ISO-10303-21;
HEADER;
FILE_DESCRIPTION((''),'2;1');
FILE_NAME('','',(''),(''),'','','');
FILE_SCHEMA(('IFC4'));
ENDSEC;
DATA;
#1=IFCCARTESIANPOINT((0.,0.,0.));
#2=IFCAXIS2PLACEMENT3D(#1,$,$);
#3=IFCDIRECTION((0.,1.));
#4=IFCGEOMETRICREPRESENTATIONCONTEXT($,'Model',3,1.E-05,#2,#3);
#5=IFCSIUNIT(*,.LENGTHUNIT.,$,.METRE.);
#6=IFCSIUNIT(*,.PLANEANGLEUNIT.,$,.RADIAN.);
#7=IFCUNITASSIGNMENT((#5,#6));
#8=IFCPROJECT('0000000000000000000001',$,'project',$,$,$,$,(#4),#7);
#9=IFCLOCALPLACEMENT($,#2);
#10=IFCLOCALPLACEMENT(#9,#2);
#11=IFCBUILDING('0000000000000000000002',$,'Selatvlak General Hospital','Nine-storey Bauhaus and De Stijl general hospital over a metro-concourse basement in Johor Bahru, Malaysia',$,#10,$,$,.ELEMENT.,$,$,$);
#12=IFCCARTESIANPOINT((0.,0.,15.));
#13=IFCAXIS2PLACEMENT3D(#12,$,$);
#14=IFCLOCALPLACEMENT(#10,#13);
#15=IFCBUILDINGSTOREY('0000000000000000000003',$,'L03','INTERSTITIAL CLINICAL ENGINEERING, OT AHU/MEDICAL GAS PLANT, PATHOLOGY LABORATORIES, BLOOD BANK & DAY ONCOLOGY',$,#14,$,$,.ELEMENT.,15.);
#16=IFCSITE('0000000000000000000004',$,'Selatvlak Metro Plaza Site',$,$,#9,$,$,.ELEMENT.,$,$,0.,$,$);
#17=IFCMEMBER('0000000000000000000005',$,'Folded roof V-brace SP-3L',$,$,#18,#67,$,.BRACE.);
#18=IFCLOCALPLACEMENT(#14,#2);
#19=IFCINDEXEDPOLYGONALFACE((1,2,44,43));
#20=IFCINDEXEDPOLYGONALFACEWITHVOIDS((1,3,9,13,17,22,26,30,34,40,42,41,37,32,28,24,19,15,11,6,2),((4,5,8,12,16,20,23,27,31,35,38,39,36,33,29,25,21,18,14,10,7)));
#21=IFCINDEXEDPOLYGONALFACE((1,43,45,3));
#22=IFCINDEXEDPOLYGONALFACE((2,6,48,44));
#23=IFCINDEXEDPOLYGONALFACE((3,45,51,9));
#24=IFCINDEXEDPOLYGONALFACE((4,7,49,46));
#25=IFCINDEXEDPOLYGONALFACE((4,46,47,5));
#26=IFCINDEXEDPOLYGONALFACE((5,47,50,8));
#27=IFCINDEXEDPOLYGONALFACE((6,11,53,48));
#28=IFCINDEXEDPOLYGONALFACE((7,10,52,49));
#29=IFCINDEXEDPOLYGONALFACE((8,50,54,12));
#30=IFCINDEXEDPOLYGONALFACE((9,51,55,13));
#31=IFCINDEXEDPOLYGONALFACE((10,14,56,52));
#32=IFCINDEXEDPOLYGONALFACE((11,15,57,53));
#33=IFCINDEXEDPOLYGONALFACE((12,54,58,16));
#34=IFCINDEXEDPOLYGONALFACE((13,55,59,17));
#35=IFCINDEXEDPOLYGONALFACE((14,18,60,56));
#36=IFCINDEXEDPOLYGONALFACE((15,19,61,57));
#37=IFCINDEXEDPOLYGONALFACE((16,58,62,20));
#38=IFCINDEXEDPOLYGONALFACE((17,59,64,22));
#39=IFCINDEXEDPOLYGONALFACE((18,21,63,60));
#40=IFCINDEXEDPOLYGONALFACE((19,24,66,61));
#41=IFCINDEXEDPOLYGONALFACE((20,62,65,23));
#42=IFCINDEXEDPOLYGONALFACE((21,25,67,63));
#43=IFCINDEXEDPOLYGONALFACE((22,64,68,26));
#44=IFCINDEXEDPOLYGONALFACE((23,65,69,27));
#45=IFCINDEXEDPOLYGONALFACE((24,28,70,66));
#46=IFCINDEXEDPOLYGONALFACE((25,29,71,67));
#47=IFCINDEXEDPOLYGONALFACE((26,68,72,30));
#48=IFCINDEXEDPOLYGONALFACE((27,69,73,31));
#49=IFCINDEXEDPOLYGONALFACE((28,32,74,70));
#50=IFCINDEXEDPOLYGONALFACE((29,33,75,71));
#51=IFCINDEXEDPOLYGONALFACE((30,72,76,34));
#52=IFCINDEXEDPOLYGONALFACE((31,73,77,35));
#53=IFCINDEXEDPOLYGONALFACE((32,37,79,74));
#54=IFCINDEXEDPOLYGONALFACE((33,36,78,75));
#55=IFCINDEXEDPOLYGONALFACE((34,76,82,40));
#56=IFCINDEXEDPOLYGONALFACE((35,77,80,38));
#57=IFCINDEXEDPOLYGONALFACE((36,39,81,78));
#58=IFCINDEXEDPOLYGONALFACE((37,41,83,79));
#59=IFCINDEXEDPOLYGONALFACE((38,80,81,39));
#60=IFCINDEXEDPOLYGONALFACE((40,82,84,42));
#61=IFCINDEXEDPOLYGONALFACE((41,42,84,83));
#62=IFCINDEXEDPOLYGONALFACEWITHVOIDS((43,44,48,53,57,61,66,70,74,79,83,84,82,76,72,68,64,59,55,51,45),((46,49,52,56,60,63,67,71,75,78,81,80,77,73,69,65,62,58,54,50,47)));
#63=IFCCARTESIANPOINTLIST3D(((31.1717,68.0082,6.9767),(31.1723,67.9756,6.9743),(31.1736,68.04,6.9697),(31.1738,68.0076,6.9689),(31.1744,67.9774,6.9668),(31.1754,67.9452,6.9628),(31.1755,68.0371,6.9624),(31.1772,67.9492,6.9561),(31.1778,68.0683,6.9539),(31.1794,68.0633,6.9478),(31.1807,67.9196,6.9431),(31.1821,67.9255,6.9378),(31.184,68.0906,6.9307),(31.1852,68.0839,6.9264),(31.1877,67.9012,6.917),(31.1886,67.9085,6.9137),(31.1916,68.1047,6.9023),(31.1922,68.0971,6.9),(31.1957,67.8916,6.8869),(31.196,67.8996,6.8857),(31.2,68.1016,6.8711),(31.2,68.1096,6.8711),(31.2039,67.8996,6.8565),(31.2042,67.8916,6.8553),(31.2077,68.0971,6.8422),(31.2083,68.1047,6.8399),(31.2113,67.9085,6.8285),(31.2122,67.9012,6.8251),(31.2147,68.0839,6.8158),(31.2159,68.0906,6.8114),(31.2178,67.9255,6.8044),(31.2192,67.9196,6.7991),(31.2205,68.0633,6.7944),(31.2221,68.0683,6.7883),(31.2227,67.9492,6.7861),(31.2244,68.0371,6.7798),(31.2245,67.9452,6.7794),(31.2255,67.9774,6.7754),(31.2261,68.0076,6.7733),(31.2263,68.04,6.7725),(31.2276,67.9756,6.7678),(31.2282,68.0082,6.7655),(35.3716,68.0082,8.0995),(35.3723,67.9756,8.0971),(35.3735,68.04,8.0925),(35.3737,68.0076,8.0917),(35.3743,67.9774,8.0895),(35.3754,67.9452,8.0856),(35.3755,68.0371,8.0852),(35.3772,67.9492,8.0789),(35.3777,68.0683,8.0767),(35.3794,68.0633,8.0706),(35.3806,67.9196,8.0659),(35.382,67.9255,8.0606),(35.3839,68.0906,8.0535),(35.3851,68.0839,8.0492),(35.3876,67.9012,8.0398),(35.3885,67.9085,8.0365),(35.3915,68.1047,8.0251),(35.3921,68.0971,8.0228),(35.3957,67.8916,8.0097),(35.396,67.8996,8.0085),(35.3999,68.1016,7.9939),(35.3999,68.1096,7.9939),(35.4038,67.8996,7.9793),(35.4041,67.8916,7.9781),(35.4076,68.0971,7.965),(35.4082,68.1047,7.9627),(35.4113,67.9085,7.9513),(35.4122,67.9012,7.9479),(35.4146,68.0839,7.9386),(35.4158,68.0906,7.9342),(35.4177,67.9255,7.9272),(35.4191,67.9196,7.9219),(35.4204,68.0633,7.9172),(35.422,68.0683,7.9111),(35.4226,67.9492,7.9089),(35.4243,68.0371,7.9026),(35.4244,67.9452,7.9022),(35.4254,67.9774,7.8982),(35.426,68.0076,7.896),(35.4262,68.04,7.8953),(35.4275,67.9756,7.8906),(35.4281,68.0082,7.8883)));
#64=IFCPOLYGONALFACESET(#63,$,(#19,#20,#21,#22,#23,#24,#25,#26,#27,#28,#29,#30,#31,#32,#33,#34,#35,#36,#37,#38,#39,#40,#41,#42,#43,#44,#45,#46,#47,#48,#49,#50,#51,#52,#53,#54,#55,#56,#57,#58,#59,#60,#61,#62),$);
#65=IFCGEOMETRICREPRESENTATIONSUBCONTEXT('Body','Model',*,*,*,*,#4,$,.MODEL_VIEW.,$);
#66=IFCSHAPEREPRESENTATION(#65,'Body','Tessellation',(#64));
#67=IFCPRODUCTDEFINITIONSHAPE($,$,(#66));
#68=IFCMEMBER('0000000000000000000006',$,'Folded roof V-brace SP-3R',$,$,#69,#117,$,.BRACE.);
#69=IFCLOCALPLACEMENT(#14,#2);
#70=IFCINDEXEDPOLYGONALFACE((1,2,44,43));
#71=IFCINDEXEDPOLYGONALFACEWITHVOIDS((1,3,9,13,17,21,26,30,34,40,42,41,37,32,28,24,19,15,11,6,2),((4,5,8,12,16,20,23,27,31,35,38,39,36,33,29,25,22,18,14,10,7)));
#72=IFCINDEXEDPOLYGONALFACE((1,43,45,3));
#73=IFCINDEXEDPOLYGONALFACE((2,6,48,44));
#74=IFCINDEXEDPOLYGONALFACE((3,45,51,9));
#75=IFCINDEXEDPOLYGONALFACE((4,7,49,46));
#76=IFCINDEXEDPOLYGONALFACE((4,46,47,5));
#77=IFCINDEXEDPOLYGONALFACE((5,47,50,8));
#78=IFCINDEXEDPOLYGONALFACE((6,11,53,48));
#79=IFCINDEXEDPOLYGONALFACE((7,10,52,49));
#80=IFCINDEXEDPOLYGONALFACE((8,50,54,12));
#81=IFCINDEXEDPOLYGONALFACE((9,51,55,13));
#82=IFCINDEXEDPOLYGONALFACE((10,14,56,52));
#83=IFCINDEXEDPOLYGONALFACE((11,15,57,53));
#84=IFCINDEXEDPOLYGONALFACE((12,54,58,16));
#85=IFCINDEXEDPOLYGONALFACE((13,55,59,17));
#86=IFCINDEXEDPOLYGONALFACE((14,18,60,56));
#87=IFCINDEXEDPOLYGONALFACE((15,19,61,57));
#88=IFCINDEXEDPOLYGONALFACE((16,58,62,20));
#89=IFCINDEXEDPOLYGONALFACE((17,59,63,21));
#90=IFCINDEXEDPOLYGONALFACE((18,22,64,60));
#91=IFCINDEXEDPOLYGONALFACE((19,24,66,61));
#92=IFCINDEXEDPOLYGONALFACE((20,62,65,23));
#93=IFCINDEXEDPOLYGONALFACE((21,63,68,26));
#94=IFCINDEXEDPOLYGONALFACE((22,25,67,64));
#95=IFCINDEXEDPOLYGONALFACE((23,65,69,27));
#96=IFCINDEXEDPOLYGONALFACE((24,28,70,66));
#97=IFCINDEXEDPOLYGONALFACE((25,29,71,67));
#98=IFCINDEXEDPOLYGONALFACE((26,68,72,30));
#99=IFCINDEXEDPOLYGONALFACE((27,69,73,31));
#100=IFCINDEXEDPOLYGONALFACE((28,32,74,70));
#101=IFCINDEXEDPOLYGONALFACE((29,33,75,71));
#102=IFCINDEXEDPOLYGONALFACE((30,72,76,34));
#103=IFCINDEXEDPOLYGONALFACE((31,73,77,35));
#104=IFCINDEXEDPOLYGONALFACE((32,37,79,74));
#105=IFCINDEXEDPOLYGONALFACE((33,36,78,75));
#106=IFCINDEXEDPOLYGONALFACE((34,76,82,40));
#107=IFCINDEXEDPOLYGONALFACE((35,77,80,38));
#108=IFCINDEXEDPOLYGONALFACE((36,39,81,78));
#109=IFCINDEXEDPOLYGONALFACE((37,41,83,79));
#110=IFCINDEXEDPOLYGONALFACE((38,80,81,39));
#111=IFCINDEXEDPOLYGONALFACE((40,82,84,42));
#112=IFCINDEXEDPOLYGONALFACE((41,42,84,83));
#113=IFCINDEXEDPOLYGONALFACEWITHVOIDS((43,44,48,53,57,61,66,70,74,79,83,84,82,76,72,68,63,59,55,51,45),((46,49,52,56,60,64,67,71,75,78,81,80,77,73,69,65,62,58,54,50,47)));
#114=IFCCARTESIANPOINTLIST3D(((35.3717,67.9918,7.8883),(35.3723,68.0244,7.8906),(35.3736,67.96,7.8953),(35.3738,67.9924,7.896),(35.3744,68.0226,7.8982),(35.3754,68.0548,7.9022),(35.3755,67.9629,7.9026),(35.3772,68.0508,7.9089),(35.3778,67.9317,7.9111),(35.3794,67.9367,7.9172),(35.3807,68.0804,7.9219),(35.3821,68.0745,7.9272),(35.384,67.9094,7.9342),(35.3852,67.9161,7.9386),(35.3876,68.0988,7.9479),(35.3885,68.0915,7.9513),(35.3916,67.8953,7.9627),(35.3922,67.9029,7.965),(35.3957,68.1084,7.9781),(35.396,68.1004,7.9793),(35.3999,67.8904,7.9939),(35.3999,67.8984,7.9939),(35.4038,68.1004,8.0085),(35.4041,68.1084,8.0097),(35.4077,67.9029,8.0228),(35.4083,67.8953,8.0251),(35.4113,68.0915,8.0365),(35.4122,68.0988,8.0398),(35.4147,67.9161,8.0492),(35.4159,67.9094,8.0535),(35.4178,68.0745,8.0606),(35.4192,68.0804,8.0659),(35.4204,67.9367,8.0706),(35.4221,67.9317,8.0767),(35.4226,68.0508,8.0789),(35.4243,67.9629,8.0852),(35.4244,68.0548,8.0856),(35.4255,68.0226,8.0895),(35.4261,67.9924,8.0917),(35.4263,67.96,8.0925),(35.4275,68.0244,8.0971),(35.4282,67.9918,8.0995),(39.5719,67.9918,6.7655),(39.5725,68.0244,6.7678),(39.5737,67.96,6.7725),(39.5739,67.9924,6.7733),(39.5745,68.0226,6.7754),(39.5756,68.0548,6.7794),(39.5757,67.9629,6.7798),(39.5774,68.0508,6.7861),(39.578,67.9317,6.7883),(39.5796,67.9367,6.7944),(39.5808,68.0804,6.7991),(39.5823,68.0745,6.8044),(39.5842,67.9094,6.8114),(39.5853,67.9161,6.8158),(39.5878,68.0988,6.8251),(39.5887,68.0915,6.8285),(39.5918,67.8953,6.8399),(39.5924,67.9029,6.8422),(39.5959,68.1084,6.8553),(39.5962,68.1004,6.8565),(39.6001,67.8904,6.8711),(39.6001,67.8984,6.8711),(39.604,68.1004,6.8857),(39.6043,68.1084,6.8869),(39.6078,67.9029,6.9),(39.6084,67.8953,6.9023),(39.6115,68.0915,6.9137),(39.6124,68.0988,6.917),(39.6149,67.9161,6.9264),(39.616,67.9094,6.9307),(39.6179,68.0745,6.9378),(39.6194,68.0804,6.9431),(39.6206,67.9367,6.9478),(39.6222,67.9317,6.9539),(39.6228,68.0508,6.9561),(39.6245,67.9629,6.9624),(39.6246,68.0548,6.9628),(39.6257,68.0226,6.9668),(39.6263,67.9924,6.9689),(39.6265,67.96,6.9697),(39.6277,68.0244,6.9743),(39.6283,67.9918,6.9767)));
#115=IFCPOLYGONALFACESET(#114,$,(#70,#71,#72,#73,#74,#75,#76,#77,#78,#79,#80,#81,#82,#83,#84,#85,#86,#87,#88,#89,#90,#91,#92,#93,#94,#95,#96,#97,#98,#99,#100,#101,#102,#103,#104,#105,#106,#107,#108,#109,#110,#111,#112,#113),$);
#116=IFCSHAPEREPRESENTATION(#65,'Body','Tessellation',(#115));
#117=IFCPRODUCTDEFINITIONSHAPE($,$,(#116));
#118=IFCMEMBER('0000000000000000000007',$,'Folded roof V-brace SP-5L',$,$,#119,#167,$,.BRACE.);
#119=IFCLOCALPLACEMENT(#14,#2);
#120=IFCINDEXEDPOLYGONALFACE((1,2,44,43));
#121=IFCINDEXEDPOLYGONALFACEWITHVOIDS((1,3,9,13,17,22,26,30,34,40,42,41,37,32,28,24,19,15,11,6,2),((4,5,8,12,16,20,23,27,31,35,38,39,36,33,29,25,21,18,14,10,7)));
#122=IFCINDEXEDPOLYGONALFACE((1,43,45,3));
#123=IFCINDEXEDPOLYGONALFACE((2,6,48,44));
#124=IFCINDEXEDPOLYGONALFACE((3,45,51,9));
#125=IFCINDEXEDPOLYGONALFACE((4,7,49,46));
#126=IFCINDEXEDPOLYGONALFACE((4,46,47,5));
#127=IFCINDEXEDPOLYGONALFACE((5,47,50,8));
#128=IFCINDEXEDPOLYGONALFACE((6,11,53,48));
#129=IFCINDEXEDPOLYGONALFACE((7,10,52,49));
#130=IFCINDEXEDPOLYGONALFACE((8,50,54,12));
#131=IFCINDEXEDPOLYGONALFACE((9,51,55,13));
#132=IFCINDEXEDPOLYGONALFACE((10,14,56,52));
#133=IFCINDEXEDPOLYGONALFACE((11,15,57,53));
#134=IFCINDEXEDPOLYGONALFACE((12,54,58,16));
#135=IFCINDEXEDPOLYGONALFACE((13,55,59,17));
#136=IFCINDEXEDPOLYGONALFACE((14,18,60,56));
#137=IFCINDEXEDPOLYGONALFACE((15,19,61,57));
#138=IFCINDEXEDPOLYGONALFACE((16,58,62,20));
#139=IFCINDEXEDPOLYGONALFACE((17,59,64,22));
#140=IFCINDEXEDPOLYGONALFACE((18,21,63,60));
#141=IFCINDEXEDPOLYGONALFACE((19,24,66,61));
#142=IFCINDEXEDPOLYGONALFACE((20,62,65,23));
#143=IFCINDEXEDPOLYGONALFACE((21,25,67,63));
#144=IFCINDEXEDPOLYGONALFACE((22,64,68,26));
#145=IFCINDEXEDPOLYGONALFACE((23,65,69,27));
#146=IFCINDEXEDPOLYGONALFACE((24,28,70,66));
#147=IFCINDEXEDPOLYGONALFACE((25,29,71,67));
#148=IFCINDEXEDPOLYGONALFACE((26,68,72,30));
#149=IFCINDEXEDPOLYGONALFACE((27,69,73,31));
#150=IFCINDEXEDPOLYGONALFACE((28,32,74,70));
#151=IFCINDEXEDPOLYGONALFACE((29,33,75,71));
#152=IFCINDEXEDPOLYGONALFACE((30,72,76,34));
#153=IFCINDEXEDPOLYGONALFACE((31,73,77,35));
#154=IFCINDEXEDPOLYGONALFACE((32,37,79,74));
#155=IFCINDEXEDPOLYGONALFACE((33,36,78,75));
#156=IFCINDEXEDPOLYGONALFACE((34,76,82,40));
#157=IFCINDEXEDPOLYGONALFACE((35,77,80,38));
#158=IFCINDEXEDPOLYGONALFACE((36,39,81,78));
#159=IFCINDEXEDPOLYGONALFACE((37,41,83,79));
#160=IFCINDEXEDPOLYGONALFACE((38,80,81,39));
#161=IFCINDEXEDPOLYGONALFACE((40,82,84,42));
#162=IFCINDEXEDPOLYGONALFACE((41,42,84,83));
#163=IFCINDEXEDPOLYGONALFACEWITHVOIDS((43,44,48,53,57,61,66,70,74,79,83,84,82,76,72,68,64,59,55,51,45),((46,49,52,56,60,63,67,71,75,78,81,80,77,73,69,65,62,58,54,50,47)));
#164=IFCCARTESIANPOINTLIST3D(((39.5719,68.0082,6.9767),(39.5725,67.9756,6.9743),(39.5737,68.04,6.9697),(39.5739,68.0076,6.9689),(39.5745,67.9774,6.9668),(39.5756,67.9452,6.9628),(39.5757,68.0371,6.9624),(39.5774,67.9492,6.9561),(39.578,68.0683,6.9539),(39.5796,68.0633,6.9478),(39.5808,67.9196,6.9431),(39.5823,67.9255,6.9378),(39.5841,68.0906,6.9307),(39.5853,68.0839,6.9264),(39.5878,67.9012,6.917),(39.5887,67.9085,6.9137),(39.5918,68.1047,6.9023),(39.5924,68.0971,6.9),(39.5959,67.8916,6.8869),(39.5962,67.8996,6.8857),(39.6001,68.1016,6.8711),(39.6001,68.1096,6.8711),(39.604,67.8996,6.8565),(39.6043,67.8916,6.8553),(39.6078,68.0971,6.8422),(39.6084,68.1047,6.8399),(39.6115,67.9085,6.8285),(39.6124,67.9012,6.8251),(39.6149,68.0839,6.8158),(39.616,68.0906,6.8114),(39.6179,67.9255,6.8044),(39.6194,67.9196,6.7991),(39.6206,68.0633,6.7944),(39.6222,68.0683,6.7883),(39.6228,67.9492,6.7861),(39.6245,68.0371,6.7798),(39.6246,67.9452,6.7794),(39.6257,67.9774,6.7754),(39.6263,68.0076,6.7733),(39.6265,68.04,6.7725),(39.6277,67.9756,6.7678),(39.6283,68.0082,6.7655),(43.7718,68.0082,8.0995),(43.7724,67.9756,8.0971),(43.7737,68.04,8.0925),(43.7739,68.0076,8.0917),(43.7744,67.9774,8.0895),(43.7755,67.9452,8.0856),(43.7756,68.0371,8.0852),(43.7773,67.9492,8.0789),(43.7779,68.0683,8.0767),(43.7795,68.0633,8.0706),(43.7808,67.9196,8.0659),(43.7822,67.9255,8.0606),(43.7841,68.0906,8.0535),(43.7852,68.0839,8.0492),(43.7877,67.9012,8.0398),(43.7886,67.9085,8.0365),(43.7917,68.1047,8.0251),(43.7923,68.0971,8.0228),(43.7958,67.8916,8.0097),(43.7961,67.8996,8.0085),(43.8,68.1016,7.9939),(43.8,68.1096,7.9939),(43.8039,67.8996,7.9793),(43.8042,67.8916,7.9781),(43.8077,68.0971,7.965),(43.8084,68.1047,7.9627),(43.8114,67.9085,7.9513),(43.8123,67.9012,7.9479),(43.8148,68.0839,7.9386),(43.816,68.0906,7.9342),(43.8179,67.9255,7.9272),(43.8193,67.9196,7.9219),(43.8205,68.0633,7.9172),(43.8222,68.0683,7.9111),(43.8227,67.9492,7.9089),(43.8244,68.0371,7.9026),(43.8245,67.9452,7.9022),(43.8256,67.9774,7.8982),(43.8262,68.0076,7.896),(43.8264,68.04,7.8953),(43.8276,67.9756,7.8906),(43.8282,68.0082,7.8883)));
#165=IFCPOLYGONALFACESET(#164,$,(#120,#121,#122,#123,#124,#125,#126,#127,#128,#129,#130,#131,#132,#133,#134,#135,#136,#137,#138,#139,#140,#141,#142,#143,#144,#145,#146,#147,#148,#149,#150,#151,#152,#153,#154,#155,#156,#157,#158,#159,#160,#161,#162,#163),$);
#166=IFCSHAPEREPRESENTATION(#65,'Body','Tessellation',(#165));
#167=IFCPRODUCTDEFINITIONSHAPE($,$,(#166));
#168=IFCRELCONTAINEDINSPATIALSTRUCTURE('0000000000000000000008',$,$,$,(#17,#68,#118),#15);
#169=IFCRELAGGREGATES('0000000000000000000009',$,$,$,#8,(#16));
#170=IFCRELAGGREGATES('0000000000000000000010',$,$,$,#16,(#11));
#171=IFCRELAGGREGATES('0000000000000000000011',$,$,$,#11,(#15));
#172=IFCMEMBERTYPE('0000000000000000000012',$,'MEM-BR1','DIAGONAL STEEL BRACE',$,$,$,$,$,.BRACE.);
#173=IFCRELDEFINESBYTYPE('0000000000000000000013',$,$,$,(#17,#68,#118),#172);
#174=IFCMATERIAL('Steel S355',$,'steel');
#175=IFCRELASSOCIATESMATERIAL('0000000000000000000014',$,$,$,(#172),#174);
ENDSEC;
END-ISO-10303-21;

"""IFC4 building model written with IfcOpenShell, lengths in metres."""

from ifc_helpers import new_model, si_unit, direction, frame, origin, origin_2d, place, context, subcontext, project, spatial, hollow_circle, extrude, material, material_profile, profile_set, type_object, element, save


model = new_model("IFC4")

# Units and contexts
model_context = context("Model", 3, precision=1e-05, world=origin(), true_north=direction((0.0, 1.0)))
body_context = subcontext(model_context, "Body", "Model", "MODEL_VIEW")
ifc_project = project(units=[si_unit("LENGTHUNIT", "METRE"), si_unit("PLANEANGLEUNIT", "RADIAN")], contexts=[model_context])

# Site, building, storey
site_placement = place(None, origin())
site = spatial("IfcSite", under=ifc_project, at=site_placement, Name="Selatvlak Metro Plaza Site", CompositionType="ELEMENT", RefElevation=0.0)
building_placement = place(site_placement, origin())
building = spatial("IfcBuilding", under=site, at=building_placement, Name="Selatvlak General Hospital", Description="Nine-storey Bauhaus and De Stijl general hospital over a metro-concourse basement in Johor Bahru, Malaysia", CompositionType="ELEMENT")
storey_placement = place(building_placement, frame((0.0, 0.0, 15.0)))
storey = spatial("IfcBuildingStorey", under=building, at=storey_placement, Name="L03", Description="INTERSTITIAL CLINICAL ENGINEERING, OT AHU/MEDICAL GAS PLANT, PATHOLOGY LABORATORIES, BLOOD BANK & DAY ONCOLOGY", CompositionType="ELEMENT", Elevation=15.0)

# Shared definitions
ifc_material = material(Name="Steel S355", Category="steel")

# Members
ifc_material_profile_1 = material_profile(ifc_material, hollow_circle(Radius=0.1096, WallThickness=0.0081, at=origin_2d()), Name="CHS 219.1x8")
ifc_profile_set_1 = profile_set([ifc_material_profile_1], Name="Steel S355")
member_type_1 = type_object("IfcMemberType", Name="MEM-BR1", Description="DIAGONAL STEEL BRACE", PredefinedType="BRACE", material=ifc_profile_set_1)
for number, where, z_axis, x_axis, name in (
    (1, (31.2, 68.0, 6.8711), (0.966074, 0.0, 0.258267), (0.0, 1.0, 0.0), "Folded roof V-brace SP-3L"),
):
    element("IfcMember", number, at=place(storey_placement, frame(where, z_axis=z_axis, x_axis=x_axis)), inside=storey, type_object=member_type_1, Name=name, PredefinedType="BRACE", context=body_context, shape_type="SweptSolid", body=[
        extrude(hollow_circle(Radius=0.1096, WallThickness=0.0081, at=origin_2d()), origin(), (0.0, 0.0, 1.0), 4.3474),
    ])
member_1_placement = place(storey_placement, frame((39.6001, 68.0, 6.8711), z_axis=(-0.966077, 0.0, 0.258253), x_axis=(0.0, -1.0, 0.0)))
element("IfcMember", 2, at=member_1_placement, inside=storey, type_object=member_type_1, Name="Folded roof V-brace SP-3R", PredefinedType="BRACE", context=body_context, shape_type="SweptSolid", body=[
    extrude(hollow_circle(Radius=0.1096, WallThickness=0.0081, at=origin_2d()), origin(), (0.0, 0.0, 1.0), 4.3477),
])
member_2_placement = place(storey_placement, frame((39.6001, 68.0, 6.8711), z_axis=(0.966074, 0.0, 0.258267), x_axis=(0.0, 1.0, 0.0)))
element("IfcMember", 3, at=member_2_placement, inside=storey, type_object=member_type_1, Name="Folded roof V-brace SP-5L", PredefinedType="BRACE", context=body_context, shape_type="SweptSolid", body=[
    extrude(hollow_circle(Radius=0.1096, WallThickness=0.0081, at=origin_2d()), origin(), (0.0, 0.0, 1.0), 4.3474),
])

save(model, "model.ifc")
